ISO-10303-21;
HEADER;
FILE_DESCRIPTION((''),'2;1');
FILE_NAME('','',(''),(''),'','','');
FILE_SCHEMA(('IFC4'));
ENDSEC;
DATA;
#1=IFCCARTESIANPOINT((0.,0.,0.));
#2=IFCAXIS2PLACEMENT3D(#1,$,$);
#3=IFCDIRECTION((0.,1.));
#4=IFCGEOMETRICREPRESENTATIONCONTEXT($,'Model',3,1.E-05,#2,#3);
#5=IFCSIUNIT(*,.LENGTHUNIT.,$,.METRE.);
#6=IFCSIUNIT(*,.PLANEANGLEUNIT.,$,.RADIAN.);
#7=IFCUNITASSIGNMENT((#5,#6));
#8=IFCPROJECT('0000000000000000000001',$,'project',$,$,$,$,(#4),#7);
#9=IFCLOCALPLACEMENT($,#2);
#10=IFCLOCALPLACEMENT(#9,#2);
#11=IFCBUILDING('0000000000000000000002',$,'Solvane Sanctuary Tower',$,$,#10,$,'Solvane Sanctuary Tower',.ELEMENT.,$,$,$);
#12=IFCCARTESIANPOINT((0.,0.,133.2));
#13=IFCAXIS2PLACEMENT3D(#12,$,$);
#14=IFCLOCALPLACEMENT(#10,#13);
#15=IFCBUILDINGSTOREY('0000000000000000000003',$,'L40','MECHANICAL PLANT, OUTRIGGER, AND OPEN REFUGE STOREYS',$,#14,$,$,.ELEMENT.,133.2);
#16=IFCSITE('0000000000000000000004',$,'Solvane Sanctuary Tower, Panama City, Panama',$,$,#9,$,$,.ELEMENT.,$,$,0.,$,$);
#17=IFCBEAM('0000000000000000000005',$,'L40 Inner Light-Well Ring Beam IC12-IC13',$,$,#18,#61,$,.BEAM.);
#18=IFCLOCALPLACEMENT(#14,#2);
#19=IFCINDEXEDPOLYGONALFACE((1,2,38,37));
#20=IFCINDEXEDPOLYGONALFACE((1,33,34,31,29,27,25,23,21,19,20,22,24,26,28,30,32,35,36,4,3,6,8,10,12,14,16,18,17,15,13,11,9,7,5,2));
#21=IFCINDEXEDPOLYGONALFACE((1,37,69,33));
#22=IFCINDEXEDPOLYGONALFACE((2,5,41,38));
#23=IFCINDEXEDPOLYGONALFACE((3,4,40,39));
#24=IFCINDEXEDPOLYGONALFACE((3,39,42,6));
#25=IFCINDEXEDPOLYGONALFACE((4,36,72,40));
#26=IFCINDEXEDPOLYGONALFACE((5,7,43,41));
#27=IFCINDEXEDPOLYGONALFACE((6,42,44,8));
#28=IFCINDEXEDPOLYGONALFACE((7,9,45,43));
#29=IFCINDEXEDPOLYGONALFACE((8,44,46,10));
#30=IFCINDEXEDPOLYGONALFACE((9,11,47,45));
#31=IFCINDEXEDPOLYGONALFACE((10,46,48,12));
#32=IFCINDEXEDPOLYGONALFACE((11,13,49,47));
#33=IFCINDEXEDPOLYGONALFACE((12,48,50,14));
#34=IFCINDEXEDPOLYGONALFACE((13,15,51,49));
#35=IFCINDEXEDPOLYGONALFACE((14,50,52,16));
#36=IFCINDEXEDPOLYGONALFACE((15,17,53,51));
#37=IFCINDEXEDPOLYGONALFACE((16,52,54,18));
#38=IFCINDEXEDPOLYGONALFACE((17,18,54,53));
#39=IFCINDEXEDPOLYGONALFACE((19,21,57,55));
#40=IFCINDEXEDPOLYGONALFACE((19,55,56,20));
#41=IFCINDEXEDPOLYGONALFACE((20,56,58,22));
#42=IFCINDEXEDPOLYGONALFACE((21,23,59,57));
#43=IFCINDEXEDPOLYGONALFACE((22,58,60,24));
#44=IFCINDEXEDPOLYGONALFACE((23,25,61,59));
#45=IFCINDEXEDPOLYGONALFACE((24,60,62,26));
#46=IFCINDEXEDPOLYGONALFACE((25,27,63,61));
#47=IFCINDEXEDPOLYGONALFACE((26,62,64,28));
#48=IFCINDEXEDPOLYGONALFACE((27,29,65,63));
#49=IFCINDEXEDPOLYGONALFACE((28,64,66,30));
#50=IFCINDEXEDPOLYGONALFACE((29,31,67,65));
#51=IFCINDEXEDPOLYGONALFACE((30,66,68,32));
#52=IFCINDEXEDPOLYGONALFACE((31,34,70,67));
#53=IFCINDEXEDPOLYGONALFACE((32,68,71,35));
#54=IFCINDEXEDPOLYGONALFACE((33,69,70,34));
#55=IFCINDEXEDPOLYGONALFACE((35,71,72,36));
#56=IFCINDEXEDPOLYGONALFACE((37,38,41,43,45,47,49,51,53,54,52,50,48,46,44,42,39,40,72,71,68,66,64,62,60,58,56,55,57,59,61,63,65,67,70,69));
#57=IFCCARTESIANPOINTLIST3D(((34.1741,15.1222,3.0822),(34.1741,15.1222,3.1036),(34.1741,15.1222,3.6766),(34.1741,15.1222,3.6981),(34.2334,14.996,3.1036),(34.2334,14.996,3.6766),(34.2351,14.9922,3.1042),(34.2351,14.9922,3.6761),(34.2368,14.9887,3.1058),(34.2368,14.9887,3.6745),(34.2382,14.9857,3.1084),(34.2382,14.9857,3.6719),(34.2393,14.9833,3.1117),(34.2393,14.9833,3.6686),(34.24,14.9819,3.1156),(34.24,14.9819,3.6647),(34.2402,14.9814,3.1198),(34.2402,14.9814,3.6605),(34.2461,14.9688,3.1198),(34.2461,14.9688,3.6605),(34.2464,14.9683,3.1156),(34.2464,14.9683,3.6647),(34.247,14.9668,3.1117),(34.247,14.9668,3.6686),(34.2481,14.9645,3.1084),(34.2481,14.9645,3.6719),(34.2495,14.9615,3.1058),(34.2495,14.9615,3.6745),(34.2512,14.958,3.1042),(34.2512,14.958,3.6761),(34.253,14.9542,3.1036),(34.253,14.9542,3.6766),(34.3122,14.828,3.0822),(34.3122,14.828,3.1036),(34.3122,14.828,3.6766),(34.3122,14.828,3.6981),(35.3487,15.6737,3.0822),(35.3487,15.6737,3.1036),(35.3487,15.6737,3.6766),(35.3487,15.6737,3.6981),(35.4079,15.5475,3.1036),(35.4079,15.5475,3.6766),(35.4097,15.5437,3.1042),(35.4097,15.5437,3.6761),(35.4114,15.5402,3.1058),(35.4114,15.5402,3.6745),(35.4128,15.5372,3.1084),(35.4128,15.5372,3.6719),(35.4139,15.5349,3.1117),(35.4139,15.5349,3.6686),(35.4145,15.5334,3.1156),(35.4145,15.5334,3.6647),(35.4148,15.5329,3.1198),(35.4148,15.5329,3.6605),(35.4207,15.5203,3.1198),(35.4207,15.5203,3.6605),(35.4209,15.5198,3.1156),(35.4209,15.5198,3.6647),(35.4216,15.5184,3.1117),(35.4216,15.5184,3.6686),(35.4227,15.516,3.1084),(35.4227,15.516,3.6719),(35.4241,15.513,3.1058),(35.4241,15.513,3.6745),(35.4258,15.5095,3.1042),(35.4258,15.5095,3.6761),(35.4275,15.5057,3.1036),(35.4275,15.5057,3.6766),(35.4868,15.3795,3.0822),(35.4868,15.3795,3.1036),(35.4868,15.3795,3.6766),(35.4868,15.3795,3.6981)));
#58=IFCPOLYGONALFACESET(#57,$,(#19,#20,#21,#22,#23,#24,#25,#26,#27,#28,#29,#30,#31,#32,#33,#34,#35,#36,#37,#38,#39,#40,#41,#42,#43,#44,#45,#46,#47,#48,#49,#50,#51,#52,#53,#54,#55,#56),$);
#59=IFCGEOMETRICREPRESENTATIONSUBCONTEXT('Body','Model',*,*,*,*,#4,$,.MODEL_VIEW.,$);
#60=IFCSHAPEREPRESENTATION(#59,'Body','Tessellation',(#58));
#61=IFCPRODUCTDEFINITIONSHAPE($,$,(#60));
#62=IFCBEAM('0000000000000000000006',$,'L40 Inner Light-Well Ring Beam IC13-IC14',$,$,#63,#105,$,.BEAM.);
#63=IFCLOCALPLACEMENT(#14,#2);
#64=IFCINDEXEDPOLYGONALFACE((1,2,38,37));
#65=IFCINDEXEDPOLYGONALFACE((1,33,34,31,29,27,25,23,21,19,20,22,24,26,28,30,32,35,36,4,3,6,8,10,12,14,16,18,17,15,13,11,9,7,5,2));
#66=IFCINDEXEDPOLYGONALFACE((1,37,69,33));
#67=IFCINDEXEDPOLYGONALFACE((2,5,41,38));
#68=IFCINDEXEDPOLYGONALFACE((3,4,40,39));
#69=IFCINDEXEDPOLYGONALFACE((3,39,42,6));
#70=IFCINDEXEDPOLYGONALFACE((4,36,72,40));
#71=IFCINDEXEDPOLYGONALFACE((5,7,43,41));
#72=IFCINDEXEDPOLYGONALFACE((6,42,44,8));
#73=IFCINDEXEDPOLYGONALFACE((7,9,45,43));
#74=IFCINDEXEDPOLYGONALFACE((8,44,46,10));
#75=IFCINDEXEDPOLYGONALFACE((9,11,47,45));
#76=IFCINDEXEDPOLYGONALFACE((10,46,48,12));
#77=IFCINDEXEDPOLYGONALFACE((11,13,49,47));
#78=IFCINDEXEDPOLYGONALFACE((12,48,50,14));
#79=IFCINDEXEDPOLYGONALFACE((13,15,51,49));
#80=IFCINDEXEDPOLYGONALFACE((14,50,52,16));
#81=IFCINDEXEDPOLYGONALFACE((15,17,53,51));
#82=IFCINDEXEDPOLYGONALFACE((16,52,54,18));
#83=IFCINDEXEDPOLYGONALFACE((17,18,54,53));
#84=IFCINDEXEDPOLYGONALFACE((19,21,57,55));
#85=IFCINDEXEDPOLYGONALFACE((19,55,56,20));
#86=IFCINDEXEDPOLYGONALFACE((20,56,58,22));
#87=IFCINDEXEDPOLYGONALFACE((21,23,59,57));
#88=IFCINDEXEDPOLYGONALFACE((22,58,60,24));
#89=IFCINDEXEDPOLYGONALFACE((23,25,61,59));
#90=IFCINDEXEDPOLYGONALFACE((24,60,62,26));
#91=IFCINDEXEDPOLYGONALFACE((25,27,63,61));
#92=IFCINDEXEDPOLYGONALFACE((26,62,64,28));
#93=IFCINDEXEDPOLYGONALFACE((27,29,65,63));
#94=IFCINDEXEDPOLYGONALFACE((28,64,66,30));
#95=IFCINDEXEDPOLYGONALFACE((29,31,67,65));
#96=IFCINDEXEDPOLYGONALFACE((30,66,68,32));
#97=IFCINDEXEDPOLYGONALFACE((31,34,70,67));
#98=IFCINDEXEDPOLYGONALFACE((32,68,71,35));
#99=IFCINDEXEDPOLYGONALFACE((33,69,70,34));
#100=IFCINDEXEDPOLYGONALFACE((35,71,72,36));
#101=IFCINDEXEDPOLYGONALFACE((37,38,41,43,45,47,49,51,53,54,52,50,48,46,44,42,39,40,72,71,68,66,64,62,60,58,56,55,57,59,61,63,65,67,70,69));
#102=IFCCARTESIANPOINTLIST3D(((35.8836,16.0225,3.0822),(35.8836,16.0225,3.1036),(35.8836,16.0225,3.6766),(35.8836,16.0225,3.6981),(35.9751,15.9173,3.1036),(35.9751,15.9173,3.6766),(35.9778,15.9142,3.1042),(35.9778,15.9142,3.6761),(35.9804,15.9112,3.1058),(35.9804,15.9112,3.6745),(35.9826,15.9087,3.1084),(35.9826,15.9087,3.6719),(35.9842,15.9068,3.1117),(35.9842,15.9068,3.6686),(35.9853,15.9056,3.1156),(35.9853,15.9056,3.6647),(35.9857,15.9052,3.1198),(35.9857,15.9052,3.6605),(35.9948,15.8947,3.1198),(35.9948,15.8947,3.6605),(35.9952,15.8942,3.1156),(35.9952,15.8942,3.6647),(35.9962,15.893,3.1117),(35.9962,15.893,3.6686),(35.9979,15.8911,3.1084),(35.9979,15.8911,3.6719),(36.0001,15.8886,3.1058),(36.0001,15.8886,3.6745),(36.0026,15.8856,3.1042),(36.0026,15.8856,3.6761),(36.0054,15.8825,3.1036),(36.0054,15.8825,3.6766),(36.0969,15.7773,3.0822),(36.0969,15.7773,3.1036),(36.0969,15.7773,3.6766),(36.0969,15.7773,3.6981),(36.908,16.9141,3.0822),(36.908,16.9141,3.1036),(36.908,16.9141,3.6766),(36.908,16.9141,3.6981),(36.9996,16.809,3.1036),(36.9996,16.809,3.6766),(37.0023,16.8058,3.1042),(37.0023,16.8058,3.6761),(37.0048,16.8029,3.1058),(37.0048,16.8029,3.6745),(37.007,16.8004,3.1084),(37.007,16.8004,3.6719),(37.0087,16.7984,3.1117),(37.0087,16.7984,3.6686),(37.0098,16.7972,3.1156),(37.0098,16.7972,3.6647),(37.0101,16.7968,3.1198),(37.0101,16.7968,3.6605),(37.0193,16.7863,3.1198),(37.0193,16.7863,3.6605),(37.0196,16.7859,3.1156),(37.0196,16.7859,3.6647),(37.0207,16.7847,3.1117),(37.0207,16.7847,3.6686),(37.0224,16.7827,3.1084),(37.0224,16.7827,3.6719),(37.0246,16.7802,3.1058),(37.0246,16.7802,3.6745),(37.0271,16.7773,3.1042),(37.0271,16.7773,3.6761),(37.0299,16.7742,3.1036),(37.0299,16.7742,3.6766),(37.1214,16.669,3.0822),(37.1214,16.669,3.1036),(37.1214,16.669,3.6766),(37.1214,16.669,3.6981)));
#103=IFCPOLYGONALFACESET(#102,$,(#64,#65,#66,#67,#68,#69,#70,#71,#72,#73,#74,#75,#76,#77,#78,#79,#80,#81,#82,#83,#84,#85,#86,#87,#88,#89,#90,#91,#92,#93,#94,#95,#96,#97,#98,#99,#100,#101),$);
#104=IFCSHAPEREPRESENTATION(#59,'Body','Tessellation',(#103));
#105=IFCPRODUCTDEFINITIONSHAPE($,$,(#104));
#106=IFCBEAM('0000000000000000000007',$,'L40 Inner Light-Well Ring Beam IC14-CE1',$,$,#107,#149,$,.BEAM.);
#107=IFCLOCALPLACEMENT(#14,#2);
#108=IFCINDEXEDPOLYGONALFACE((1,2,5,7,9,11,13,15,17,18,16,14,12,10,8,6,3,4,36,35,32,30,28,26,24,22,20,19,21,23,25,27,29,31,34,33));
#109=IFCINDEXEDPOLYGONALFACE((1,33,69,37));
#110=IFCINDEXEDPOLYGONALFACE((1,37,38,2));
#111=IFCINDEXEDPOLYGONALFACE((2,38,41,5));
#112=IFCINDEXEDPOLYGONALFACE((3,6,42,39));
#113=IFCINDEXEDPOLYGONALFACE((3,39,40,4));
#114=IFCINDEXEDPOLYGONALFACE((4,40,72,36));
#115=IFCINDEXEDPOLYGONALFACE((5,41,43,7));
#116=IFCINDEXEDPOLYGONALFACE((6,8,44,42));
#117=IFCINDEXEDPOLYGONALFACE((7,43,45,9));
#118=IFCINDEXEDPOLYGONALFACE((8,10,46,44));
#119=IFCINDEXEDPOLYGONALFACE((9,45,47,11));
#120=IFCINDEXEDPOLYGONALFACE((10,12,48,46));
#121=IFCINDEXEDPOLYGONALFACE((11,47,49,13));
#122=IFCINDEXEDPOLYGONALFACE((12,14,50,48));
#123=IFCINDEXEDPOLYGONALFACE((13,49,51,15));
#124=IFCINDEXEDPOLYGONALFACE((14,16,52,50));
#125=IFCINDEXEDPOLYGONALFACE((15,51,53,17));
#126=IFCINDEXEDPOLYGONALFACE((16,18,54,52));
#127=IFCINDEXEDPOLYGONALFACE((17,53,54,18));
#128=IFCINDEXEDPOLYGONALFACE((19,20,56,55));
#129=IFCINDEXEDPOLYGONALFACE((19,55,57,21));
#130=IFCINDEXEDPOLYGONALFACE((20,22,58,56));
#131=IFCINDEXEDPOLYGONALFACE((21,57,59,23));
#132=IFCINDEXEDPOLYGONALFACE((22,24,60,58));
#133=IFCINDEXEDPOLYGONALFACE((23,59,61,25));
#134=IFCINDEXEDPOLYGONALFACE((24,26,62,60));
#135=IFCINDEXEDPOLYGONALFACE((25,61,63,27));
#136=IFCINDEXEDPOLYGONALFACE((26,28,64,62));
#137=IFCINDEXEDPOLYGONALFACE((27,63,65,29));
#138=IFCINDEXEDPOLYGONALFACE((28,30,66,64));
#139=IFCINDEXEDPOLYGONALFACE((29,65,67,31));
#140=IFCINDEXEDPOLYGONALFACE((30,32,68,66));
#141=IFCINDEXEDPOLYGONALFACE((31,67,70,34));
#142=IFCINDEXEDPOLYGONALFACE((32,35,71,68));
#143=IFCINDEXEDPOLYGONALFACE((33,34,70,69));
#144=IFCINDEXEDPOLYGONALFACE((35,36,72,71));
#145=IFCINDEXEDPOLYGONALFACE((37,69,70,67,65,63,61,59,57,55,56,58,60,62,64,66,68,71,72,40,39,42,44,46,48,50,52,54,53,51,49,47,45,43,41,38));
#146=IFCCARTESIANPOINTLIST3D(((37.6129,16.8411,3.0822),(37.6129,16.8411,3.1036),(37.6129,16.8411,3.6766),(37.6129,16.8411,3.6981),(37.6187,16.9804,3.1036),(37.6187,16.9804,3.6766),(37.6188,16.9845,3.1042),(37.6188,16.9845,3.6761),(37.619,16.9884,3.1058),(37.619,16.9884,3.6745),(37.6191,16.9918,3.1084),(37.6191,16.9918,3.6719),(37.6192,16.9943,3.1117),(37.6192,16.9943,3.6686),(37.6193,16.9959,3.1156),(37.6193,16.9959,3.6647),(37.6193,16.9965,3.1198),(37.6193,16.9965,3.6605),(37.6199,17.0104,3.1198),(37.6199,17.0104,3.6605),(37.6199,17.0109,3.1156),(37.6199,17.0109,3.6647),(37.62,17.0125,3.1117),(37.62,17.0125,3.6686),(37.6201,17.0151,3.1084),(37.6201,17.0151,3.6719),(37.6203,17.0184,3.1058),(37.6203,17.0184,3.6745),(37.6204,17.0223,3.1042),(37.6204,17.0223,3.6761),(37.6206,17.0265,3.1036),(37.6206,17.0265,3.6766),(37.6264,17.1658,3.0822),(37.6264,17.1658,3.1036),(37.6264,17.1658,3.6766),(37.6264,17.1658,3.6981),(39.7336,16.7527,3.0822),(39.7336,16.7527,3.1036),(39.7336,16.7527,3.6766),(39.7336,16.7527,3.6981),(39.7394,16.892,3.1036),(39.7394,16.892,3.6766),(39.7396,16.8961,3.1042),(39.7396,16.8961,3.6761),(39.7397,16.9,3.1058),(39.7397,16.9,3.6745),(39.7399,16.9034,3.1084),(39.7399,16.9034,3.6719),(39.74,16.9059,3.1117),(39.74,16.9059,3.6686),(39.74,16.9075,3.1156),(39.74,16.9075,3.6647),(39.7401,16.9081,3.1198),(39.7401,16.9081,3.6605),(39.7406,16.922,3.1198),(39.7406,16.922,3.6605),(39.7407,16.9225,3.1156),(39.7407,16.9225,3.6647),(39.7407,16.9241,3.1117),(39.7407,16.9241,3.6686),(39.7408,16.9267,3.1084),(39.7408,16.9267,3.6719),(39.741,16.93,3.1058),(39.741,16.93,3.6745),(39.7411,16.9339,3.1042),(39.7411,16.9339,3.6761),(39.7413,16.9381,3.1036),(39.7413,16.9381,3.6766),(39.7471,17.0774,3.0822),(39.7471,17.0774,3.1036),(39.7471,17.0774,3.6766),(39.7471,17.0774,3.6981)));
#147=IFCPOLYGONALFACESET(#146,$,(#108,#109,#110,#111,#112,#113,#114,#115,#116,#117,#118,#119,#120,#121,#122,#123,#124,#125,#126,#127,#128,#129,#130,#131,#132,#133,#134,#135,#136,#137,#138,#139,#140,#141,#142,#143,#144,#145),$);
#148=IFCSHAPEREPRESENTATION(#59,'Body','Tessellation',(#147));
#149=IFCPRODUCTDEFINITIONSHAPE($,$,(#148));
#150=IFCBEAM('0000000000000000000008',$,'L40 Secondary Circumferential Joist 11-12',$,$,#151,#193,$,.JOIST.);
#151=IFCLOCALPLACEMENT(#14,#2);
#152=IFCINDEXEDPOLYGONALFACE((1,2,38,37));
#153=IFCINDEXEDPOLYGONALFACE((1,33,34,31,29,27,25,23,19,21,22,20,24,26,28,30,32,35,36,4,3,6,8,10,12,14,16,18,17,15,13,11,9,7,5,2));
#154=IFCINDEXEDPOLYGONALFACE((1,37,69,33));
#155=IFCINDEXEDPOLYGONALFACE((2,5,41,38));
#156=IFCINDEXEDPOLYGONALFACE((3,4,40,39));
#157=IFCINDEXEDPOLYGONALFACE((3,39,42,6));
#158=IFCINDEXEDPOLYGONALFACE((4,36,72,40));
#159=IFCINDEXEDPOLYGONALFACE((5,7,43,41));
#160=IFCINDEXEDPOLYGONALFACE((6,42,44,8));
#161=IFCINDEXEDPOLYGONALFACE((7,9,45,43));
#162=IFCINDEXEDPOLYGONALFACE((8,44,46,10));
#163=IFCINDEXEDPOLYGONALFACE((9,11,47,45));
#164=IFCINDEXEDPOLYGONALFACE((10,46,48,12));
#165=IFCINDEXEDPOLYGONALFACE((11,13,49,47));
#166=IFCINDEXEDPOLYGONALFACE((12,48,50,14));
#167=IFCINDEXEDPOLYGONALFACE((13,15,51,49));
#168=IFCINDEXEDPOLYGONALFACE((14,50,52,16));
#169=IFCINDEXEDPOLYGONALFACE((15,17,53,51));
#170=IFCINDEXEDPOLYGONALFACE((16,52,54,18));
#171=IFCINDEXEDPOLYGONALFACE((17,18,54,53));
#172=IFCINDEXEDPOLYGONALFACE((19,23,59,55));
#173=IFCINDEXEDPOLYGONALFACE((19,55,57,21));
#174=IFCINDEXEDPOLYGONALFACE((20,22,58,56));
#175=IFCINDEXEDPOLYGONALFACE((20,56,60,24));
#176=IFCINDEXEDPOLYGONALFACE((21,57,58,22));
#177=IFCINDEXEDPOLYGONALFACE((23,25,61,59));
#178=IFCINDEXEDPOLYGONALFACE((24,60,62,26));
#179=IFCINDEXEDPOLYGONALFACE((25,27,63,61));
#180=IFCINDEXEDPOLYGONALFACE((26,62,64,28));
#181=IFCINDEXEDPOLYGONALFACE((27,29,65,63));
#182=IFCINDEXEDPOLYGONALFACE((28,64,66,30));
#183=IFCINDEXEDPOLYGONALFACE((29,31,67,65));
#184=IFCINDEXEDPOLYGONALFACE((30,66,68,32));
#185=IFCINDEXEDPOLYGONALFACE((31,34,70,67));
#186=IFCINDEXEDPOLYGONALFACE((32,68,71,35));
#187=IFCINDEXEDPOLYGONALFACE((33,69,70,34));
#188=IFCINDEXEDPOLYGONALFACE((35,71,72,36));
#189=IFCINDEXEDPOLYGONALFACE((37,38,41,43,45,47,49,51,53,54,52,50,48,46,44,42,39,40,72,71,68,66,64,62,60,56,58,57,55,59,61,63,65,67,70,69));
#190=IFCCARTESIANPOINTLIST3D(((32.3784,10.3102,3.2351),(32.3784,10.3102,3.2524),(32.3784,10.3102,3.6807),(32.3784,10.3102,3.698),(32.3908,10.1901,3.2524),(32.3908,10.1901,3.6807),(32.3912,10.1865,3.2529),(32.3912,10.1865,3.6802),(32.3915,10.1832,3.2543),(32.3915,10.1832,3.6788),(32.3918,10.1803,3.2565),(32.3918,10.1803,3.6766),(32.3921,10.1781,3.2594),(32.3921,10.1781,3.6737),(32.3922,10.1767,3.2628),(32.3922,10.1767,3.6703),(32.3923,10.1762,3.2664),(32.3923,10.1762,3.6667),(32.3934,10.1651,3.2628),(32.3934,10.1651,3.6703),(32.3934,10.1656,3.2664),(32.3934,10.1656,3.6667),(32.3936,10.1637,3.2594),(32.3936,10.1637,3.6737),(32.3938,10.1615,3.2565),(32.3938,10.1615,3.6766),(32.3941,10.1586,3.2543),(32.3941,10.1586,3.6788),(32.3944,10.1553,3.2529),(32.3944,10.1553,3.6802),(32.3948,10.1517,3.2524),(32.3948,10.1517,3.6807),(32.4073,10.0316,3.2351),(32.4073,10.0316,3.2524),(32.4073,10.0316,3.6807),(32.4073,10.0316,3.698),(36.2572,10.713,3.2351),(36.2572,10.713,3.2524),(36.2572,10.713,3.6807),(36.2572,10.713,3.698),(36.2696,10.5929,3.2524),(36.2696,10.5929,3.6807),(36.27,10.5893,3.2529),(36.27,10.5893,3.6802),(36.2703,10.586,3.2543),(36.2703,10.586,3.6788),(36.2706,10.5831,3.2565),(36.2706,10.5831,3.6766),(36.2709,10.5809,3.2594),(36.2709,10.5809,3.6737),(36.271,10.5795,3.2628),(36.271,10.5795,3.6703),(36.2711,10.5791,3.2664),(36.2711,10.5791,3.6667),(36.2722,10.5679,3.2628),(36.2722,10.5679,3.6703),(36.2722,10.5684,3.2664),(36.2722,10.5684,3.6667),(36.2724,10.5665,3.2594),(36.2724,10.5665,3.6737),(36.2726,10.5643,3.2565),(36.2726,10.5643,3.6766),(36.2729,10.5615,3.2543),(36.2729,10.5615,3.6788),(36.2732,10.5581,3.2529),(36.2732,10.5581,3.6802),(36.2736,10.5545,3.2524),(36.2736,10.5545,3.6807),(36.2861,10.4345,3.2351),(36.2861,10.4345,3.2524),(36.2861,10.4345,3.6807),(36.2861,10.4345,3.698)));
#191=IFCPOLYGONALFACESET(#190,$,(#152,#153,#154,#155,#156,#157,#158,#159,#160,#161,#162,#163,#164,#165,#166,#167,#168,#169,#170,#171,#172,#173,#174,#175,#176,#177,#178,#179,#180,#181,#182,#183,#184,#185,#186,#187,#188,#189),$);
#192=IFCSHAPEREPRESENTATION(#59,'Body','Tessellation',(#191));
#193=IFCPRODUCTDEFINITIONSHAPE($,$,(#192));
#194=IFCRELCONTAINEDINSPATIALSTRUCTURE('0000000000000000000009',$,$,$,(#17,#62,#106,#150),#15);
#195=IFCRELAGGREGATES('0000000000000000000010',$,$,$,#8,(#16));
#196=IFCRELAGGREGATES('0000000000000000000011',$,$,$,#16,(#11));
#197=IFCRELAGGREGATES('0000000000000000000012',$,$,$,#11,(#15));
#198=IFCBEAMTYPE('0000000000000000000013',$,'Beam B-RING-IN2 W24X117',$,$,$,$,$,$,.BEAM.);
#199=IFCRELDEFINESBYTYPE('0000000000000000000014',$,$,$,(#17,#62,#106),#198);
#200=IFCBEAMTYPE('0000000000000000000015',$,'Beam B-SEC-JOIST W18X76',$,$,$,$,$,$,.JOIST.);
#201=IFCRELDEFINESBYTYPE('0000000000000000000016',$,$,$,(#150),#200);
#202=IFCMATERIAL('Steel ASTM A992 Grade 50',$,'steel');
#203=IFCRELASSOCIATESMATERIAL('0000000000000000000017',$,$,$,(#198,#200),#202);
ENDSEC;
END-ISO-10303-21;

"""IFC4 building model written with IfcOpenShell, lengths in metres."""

from ifc_helpers import new_model, si_unit, direction, frame, origin, origin_2d, place, context, subcontext, project, spatial, i_section, extrude, material, material_profile, profile_set, type_object, element, save


model = new_model("IFC4")

# Units and contexts
model_context = context("Model", 3, precision=1e-05, world=origin(), true_north=direction((0.0, 1.0)))
body_context = subcontext(model_context, "Body", "Model", "MODEL_VIEW")
ifc_project = project(units=[si_unit("LENGTHUNIT", "METRE"), si_unit("PLANEANGLEUNIT", "RADIAN")], contexts=[model_context])

# Site, building, storey
site_placement = place(None, origin())
site = spatial("IfcSite", under=ifc_project, at=site_placement, Name="Solvane Sanctuary Tower, Panama City, Panama", CompositionType="ELEMENT", RefElevation=0.0)
building_placement = place(site_placement, origin())
building = spatial("IfcBuilding", under=site, at=building_placement, Name="Solvane Sanctuary Tower", LongName="Solvane Sanctuary Tower", CompositionType="ELEMENT")
storey_placement = place(building_placement, frame((0.0, 0.0, 133.2)))
storey = spatial("IfcBuildingStorey", under=building, at=storey_placement, Name="L40", Description="MECHANICAL PLANT, OUTRIGGER, AND OPEN REFUGE STOREYS", CompositionType="ELEMENT", Elevation=133.2)

# Beams
ifc_material_1 = material(Name="Steel ASTM A992 Grade 50", Category="steel")
ifc_material_profile_1 = material_profile(ifc_material_1, i_section(OverallWidth=0.325, OverallDepth=0.616, WebThickness=0.0139, FlangeThickness=0.0215, FilletRadius=0.0161, at=origin_2d()), Name="W24X117")
ifc_profile_set_1 = profile_set([ifc_material_profile_1], Name="Steel ASTM A992 Grade 50")
beam_type_1 = type_object("IfcBeamType", Name="Beam B-RING-IN2 W24X117", PredefinedType="BEAM", material=ifc_profile_set_1)
beam_1_placement = place(storey_placement, frame((34.2432, 14.9751, 3.3901), z_axis=(0.905181, 0.425027, 0.0), x_axis=(-0.425027, 0.905181, 0.0)))
element("IfcBeam", 1, at=beam_1_placement, inside=storey, type_object=beam_type_1, Name="L40 Inner Light-Well Ring Beam IC12-IC13", PredefinedType="BEAM", context=body_context, shape_type="SweptSolid", body=[
    extrude(i_section(OverallWidth=0.325, OverallDepth=0.616, WebThickness=0.0139, FlangeThickness=0.0215, FilletRadius=0.0161, at=origin_2d()), origin(), (0.0, 0.0, 1.0), 1.2976),
])
beam_2_placement = place(storey_placement, frame((35.9902, 15.8999, 3.3901), z_axis=(0.754311, 0.656517, 0.0), x_axis=(-0.656517, 0.754311, 0.0)))
element("IfcBeam", 2, at=beam_2_placement, inside=storey, type_object=beam_type_1, Name="L40 Inner Light-Well Ring Beam IC13-IC14", PredefinedType="BEAM", context=body_context, shape_type="SweptSolid", body=[
    extrude(i_section(OverallWidth=0.325, OverallDepth=0.616, WebThickness=0.0139, FlangeThickness=0.0215, FilletRadius=0.0161, at=origin_2d()), origin(), (0.0, 0.0, 1.0), 1.3582),
])
beam_3_placement = place(storey_placement, frame((37.6196, 17.0034, 3.3901), z_axis=(0.999133, -0.04164, 0.0), x_axis=(0.04164, 0.999133, 0.0)))
element("IfcBeam", 3, at=beam_3_placement, inside=storey, type_object=beam_type_1, Name="L40 Inner Light-Well Ring Beam IC14-CE1", PredefinedType="BEAM", context=body_context, shape_type="SweptSolid", body=[
    extrude(i_section(OverallWidth=0.325, OverallDepth=0.616, WebThickness=0.0139, FlangeThickness=0.0215, FilletRadius=0.0161, at=origin_2d()), origin(), (0.0, 0.0, 1.0), 2.1226),
])
ifc_material_profile_2 = material_profile(ifc_material_1, i_section(OverallWidth=0.28, OverallDepth=0.4629, WebThickness=0.0107, FlangeThickness=0.0173, FilletRadius=0.0139, at=origin_2d()), Name="W18X76")
ifc_profile_set_2 = profile_set([ifc_material_profile_2], Name="Steel ASTM A992 Grade 50")
beam_type_2 = type_object("IfcBeamType", Name="Beam B-SEC-JOIST W18X76", PredefinedType="JOIST", material=ifc_profile_set_2)
beam_4_placement = place(storey_placement, frame((32.3928, 10.1709, 3.4666), z_axis=(0.994651, 0.103296, 0.0), x_axis=(-0.103296, 0.994651, 0.0)))
element("IfcBeam", 4, at=beam_4_placement, inside=storey, type_object=beam_type_2, Name="L40 Secondary Circumferential Joist 11-12", PredefinedType="JOIST", context=body_context, shape_type="SweptSolid", body=[
    extrude(i_section(OverallWidth=0.28, OverallDepth=0.4629, WebThickness=0.0107, FlangeThickness=0.0173, FilletRadius=0.0139, at=origin_2d()), origin(), (0.0, 0.0, 1.0), 3.8997),
])

save(model, "model.ifc")
